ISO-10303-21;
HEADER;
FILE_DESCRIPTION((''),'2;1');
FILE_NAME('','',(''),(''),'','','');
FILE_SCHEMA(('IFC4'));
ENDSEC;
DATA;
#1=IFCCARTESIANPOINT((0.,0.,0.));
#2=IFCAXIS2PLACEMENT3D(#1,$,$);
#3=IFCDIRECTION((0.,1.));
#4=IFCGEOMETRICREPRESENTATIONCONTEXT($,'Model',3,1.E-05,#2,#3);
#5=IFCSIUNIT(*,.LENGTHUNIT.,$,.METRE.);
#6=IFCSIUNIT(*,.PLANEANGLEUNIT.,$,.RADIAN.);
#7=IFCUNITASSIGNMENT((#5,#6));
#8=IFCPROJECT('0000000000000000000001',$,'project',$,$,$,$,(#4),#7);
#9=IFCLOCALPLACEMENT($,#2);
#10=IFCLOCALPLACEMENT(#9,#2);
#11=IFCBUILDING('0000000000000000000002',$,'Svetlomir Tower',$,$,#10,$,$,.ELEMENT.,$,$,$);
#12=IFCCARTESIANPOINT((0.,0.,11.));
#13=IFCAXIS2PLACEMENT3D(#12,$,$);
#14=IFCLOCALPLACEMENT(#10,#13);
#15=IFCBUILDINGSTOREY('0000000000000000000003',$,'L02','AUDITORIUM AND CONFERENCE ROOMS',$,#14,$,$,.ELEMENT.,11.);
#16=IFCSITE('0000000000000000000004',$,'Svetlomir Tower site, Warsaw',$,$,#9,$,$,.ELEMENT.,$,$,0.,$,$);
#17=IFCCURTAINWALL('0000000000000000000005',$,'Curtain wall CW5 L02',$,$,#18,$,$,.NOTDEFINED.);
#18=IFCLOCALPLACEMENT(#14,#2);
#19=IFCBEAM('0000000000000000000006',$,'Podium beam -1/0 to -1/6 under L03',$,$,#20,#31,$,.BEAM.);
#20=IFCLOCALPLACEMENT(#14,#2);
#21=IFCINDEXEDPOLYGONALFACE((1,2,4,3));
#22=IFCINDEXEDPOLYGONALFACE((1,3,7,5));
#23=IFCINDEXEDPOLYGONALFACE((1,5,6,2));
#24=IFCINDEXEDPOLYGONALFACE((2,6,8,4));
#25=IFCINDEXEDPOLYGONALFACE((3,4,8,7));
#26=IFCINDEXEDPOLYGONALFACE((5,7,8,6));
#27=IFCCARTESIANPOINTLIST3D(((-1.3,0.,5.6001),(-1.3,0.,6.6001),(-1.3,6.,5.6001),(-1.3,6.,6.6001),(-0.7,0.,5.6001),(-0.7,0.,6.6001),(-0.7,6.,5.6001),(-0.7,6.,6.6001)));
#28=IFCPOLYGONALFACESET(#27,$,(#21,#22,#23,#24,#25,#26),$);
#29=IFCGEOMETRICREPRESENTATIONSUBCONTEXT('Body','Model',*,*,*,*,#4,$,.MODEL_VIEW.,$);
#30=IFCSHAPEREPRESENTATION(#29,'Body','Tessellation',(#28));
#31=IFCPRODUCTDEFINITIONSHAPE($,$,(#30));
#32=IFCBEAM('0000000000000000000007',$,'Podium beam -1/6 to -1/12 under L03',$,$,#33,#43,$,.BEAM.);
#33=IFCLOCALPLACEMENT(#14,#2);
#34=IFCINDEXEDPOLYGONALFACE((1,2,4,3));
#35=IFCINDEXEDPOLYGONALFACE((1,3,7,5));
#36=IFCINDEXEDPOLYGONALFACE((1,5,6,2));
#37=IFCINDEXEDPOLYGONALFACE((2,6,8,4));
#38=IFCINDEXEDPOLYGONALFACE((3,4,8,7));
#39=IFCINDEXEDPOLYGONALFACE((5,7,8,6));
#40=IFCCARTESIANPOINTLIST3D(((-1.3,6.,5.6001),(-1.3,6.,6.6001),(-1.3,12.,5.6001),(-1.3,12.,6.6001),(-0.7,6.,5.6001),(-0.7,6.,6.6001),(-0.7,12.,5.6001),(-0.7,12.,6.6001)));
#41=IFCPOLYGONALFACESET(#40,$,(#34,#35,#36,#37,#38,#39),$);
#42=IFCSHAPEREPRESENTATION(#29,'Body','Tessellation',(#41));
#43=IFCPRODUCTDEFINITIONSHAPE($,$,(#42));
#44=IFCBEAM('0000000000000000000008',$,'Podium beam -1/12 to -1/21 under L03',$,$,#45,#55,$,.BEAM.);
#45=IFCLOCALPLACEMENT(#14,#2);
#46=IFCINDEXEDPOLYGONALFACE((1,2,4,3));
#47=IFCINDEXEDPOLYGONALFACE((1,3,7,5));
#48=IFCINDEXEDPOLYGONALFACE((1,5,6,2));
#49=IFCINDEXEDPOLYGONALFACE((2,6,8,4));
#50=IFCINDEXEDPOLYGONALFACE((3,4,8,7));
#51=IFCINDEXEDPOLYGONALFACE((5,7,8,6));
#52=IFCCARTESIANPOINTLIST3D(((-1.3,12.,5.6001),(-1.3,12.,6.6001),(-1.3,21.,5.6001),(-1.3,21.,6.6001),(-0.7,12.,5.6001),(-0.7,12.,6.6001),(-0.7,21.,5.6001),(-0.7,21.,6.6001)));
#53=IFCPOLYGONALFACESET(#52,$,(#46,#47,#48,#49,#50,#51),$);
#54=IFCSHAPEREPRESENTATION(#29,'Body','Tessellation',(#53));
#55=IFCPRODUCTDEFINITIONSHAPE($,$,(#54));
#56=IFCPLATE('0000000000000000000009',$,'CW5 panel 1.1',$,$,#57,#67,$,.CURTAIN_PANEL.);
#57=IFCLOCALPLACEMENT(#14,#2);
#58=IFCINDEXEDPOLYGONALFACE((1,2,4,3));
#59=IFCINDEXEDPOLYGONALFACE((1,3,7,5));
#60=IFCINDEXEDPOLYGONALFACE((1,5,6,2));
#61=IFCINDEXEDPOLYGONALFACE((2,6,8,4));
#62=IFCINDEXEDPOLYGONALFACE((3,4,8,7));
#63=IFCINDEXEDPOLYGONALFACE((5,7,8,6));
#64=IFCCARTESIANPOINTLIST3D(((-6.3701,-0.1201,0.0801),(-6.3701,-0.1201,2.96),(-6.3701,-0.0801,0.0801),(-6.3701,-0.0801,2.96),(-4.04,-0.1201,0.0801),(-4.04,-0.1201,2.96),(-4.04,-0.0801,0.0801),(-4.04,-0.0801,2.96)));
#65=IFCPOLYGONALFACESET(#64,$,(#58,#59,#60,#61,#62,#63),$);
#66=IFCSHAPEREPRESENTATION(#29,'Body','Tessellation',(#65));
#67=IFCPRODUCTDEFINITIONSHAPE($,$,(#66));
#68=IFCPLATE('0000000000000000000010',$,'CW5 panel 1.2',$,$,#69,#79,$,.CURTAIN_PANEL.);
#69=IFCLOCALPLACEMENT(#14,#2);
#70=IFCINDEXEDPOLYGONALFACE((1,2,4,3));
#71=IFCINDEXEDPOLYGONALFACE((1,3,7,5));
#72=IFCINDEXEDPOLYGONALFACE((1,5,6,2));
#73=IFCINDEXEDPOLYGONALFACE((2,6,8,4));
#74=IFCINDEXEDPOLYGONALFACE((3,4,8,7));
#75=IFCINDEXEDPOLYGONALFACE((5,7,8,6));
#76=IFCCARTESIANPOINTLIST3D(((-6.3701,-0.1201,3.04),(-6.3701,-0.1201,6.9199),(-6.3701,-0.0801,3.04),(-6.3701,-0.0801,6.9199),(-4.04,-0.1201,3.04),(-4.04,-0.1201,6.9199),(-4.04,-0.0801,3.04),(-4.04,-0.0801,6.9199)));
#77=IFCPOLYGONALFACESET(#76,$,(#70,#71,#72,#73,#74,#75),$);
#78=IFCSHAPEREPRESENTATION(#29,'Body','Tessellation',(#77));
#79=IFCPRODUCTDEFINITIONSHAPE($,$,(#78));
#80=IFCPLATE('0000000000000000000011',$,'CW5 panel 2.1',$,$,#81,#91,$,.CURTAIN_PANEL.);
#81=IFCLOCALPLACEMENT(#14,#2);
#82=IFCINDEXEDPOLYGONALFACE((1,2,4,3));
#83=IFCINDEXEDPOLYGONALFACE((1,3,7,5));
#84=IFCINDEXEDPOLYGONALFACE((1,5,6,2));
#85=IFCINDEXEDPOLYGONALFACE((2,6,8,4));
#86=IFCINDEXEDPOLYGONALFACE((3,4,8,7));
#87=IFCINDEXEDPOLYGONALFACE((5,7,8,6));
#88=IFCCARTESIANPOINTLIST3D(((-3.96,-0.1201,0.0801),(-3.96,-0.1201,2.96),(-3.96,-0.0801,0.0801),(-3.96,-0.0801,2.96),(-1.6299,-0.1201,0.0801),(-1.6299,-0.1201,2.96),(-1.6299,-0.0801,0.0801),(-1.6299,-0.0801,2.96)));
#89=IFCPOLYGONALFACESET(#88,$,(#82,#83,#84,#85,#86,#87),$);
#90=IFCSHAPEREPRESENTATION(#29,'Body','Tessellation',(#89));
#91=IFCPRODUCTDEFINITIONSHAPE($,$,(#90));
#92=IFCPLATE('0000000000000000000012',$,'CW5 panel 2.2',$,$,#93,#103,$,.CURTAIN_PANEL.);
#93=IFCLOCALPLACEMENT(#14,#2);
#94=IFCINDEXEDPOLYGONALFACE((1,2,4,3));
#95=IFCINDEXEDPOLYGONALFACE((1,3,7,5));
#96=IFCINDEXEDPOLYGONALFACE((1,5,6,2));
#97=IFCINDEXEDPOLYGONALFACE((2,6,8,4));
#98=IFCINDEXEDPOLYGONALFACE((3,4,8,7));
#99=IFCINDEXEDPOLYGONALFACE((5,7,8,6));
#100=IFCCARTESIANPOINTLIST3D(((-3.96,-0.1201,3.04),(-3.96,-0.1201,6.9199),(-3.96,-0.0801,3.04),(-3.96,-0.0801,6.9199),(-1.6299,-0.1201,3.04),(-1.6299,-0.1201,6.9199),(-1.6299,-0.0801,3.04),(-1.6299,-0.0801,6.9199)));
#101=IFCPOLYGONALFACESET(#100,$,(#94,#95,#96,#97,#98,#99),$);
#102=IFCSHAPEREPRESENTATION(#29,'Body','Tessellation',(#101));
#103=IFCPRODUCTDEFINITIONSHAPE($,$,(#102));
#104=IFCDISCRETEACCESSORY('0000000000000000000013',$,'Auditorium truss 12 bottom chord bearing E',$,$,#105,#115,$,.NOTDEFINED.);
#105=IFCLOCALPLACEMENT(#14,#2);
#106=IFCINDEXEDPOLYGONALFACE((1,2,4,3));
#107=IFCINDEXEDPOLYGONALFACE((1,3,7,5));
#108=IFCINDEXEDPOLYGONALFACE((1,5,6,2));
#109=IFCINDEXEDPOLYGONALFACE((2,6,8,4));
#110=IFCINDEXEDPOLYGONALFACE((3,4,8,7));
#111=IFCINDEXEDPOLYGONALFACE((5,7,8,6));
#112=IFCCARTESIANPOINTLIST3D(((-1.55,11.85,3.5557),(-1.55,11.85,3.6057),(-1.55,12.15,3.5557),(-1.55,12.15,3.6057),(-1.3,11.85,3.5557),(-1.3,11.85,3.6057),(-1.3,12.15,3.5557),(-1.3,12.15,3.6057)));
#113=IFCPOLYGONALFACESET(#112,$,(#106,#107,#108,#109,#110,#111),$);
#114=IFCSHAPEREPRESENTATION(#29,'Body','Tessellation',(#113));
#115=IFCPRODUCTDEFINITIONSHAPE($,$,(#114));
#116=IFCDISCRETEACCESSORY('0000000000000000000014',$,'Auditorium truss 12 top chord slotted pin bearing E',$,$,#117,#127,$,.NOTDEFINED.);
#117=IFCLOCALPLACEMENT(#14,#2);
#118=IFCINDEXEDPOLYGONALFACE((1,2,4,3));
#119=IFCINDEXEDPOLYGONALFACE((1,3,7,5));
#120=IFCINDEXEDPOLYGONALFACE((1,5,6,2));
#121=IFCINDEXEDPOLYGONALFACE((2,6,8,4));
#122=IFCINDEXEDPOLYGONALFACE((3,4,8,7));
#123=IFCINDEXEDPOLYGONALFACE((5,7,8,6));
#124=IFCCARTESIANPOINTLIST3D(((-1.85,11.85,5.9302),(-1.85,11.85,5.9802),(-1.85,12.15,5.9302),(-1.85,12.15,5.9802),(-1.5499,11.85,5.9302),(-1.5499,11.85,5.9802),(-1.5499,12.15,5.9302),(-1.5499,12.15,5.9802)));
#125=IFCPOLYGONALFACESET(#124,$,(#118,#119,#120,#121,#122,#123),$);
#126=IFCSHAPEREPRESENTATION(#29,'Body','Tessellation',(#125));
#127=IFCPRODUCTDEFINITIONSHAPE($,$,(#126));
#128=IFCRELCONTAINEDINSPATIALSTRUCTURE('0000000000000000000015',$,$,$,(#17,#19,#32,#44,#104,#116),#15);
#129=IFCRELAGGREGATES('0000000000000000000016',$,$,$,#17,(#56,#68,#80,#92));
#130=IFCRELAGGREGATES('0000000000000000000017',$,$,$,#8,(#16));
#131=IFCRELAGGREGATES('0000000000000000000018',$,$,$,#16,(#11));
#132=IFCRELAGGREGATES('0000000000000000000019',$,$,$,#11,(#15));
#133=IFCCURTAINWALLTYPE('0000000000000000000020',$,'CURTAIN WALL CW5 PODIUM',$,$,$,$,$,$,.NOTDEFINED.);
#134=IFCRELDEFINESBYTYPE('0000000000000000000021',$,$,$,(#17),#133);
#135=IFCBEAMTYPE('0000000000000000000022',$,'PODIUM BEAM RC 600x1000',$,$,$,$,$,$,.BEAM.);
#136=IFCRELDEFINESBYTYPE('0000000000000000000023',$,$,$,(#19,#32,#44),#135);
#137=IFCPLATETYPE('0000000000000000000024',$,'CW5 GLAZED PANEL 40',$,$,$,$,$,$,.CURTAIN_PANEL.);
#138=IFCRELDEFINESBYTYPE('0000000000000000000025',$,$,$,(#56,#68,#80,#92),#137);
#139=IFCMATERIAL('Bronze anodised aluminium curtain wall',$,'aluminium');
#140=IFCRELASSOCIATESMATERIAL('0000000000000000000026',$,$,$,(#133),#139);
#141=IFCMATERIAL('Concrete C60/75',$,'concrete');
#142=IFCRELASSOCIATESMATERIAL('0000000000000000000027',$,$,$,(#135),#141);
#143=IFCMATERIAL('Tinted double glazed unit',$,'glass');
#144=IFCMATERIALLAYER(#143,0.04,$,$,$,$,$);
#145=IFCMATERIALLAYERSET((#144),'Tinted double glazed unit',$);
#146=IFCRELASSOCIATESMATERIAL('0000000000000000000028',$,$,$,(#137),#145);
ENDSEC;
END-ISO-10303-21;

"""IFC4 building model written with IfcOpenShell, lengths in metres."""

from ifc_helpers import new_model, si_unit, direction, frame, origin, origin_2d, place, context, subcontext, project, spatial, rectangle, extrude, material, layer, layer_set, material_profile, profile_set, type_object, element, aggregate, save


model = new_model("IFC4")

# Units and contexts
model_context = context("Model", 3, precision=1e-05, world=origin(), true_north=direction((0.0, 1.0)))
body_context = subcontext(model_context, "Body", "Model", "MODEL_VIEW")
ifc_project = project(units=[si_unit("LENGTHUNIT", "METRE"), si_unit("PLANEANGLEUNIT", "RADIAN")], contexts=[model_context])

# Site, building, storey
site_placement = place(None, origin())
site = spatial("IfcSite", under=ifc_project, at=site_placement, Name="Svetlomir Tower site, Warsaw", CompositionType="ELEMENT", RefElevation=0.0)
building_placement = place(site_placement, origin())
building = spatial("IfcBuilding", under=site, at=building_placement, Name="Svetlomir Tower", CompositionType="ELEMENT")
storey_placement = place(building_placement, frame((0.0, 0.0, 11.0)))
storey = spatial("IfcBuildingStorey", under=building, at=storey_placement, Name="L02", Description="AUDITORIUM AND CONFERENCE ROOMS", CompositionType="ELEMENT", Elevation=11.0)

# Curtain wall
ifc_material_1 = material(Name="Bronze anodised aluminium curtain wall", Category="aluminium")
curtain_wall_type = type_object("IfcCurtainWallType", Name="CURTAIN WALL CW5 PODIUM", PredefinedType="NOTDEFINED", material=ifc_material_1)
curtain_wall_1_placement = place(storey_placement, origin())
curtain_wall_1 = element("IfcCurtainWall", 1, at=curtain_wall_1_placement, inside=storey, type_object=curtain_wall_type, Name="Curtain wall CW5 L02", PredefinedType="NOTDEFINED")

# Beams
ifc_material_2 = material(Name="Concrete C60/75", Category="concrete")
ifc_material_profile_1 = material_profile(ifc_material_2, rectangle(XDim=0.6001, YDim=1.0, at=origin_2d()), Name="RC 600x1000")
ifc_profile_set_1 = profile_set([ifc_material_profile_1], Name="Concrete C60/75")
beam_type = type_object("IfcBeamType", Name="PODIUM BEAM RC 600x1000", PredefinedType="BEAM", material=ifc_profile_set_1)
for number, where, z_axis, x_axis, name in (
    (2, (-1.0, 0.0, 6.1001), (0.0, 1.0, 0.0), (-1.0, 0.0, 0.0), "Podium beam -1/0 to -1/6 under L03"),
    (3, (-1.0, 6.0, 6.1001), (0.0, 1.0, 0.0), (-1.0, 0.0, 0.0), "Podium beam -1/6 to -1/12 under L03"),
):
    element("IfcBeam", number, at=place(storey_placement, frame(where, z_axis=z_axis, x_axis=x_axis)), inside=storey, type_object=beam_type, Name=name, PredefinedType="BEAM", context=body_context, shape_type="SweptSolid", body=[
        extrude(rectangle(XDim=0.6001, YDim=1.0, at=origin_2d()), origin(), (0.0, 0.0, 1.0), 6.0),
    ])
beam_placement = place(storey_placement, frame((-1.0, 12.0, 6.1001), z_axis=(0.0, 1.0, 0.0), x_axis=(-1.0, 0.0, 0.0)))
element("IfcBeam", 4, at=beam_placement, inside=storey, type_object=beam_type, Name="Podium beam -1/12 to -1/21 under L03", PredefinedType="BEAM", context=body_context, shape_type="SweptSolid", body=[
    extrude(rectangle(XDim=0.6001, YDim=1.0, at=origin_2d()), origin(), (0.0, 0.0, 1.0), 9.0),
])

# Plates
ifc_material_3 = material(Name="Tinted double glazed unit", Category="glass")
ifc_layer = layer(ifc_material_3, 0.04)
ifc_layer_set = layer_set([ifc_layer], Name="Tinted double glazed unit")
plate_type = type_object("IfcPlateType", Name="CW5 GLAZED PANEL 40", PredefinedType="CURTAIN_PANEL", material=ifc_layer_set)
plate_1_placement = place(storey_placement, frame((-5.2051, -0.1001, 0.0801), z_axis=(0.0, 0.0, 1.0), x_axis=(1.0, 0.0, 0.0)))
plate_1 = element("IfcPlate", 5, at=plate_1_placement, type_object=plate_type, Name="CW5 panel 1.1", PredefinedType="CURTAIN_PANEL", context=body_context, shape_type="SweptSolid", body=[
    extrude(rectangle(XDim=2.3301, YDim=0.04, at=origin_2d()), origin(), (0.0, 0.0, 1.0), 2.8799),
])
plate_2_placement = place(storey_placement, frame((-5.2051, -0.1001, 3.04), z_axis=(0.0, 0.0, 1.0), x_axis=(1.0, 0.0, 0.0)))
plate_2 = element("IfcPlate", 6, at=plate_2_placement, type_object=plate_type, Name="CW5 panel 1.2", PredefinedType="CURTAIN_PANEL", context=body_context, shape_type="SweptSolid", body=[
    extrude(rectangle(XDim=2.3301, YDim=0.04, at=origin_2d()), origin(), (0.0, 0.0, 1.0), 3.8799),
])
plate_3_placement = place(storey_placement, frame((-2.7949, -0.1001, 0.0801), z_axis=(0.0, 0.0, 1.0), x_axis=(1.0, 0.0, 0.0)))
plate_3 = element("IfcPlate", 7, at=plate_3_placement, type_object=plate_type, Name="CW5 panel 2.1", PredefinedType="CURTAIN_PANEL", context=body_context, shape_type="SweptSolid", body=[
    extrude(rectangle(XDim=2.3301, YDim=0.04, at=origin_2d()), origin(), (0.0, 0.0, 1.0), 2.8799),
])
plate_4_placement = place(storey_placement, frame((-2.7949, -0.1001, 3.04), z_axis=(0.0, 0.0, 1.0), x_axis=(1.0, 0.0, 0.0)))
plate_4 = element("IfcPlate", 8, at=plate_4_placement, type_object=plate_type, Name="CW5 panel 2.2", PredefinedType="CURTAIN_PANEL", context=body_context, shape_type="SweptSolid", body=[
    extrude(rectangle(XDim=2.3301, YDim=0.04, at=origin_2d()), origin(), (0.0, 0.0, 1.0), 3.8799),
])
aggregate(curtain_wall_1, [plate_1, plate_2, plate_3, plate_4])

# Discrete accessories
discrete_accessory_1_placement = place(storey_placement, frame((-1.425, 12.0, 3.5557), z_axis=(0.0, 0.0, 1.0), x_axis=(1.0, 0.0, 0.0)))
element("IfcDiscreteAccessory", 9, at=discrete_accessory_1_placement, inside=storey, Name="Auditorium truss 12 bottom chord bearing E", PredefinedType="NOTDEFINED", context=body_context, shape_type="SweptSolid", body=[
    extrude(rectangle(XDim=0.25, YDim=0.3, at=origin_2d()), origin(), (0.0, 0.0, 1.0), 0.05),
])
discrete_accessory_2_placement = place(storey_placement, frame((-1.7, 12.0, 5.9302), z_axis=(0.0, 0.0, 1.0), x_axis=(1.0, 0.0, 0.0)))
element("IfcDiscreteAccessory", 10, at=discrete_accessory_2_placement, inside=storey, Name="Auditorium truss 12 top chord slotted pin bearing E", PredefinedType="NOTDEFINED", context=body_context, shape_type="SweptSolid", body=[
    extrude(rectangle(XDim=0.3, YDim=0.3, at=origin_2d()), origin(), (0.0, 0.0, 1.0), 0.05),
])

save(model, "model.ifc")
